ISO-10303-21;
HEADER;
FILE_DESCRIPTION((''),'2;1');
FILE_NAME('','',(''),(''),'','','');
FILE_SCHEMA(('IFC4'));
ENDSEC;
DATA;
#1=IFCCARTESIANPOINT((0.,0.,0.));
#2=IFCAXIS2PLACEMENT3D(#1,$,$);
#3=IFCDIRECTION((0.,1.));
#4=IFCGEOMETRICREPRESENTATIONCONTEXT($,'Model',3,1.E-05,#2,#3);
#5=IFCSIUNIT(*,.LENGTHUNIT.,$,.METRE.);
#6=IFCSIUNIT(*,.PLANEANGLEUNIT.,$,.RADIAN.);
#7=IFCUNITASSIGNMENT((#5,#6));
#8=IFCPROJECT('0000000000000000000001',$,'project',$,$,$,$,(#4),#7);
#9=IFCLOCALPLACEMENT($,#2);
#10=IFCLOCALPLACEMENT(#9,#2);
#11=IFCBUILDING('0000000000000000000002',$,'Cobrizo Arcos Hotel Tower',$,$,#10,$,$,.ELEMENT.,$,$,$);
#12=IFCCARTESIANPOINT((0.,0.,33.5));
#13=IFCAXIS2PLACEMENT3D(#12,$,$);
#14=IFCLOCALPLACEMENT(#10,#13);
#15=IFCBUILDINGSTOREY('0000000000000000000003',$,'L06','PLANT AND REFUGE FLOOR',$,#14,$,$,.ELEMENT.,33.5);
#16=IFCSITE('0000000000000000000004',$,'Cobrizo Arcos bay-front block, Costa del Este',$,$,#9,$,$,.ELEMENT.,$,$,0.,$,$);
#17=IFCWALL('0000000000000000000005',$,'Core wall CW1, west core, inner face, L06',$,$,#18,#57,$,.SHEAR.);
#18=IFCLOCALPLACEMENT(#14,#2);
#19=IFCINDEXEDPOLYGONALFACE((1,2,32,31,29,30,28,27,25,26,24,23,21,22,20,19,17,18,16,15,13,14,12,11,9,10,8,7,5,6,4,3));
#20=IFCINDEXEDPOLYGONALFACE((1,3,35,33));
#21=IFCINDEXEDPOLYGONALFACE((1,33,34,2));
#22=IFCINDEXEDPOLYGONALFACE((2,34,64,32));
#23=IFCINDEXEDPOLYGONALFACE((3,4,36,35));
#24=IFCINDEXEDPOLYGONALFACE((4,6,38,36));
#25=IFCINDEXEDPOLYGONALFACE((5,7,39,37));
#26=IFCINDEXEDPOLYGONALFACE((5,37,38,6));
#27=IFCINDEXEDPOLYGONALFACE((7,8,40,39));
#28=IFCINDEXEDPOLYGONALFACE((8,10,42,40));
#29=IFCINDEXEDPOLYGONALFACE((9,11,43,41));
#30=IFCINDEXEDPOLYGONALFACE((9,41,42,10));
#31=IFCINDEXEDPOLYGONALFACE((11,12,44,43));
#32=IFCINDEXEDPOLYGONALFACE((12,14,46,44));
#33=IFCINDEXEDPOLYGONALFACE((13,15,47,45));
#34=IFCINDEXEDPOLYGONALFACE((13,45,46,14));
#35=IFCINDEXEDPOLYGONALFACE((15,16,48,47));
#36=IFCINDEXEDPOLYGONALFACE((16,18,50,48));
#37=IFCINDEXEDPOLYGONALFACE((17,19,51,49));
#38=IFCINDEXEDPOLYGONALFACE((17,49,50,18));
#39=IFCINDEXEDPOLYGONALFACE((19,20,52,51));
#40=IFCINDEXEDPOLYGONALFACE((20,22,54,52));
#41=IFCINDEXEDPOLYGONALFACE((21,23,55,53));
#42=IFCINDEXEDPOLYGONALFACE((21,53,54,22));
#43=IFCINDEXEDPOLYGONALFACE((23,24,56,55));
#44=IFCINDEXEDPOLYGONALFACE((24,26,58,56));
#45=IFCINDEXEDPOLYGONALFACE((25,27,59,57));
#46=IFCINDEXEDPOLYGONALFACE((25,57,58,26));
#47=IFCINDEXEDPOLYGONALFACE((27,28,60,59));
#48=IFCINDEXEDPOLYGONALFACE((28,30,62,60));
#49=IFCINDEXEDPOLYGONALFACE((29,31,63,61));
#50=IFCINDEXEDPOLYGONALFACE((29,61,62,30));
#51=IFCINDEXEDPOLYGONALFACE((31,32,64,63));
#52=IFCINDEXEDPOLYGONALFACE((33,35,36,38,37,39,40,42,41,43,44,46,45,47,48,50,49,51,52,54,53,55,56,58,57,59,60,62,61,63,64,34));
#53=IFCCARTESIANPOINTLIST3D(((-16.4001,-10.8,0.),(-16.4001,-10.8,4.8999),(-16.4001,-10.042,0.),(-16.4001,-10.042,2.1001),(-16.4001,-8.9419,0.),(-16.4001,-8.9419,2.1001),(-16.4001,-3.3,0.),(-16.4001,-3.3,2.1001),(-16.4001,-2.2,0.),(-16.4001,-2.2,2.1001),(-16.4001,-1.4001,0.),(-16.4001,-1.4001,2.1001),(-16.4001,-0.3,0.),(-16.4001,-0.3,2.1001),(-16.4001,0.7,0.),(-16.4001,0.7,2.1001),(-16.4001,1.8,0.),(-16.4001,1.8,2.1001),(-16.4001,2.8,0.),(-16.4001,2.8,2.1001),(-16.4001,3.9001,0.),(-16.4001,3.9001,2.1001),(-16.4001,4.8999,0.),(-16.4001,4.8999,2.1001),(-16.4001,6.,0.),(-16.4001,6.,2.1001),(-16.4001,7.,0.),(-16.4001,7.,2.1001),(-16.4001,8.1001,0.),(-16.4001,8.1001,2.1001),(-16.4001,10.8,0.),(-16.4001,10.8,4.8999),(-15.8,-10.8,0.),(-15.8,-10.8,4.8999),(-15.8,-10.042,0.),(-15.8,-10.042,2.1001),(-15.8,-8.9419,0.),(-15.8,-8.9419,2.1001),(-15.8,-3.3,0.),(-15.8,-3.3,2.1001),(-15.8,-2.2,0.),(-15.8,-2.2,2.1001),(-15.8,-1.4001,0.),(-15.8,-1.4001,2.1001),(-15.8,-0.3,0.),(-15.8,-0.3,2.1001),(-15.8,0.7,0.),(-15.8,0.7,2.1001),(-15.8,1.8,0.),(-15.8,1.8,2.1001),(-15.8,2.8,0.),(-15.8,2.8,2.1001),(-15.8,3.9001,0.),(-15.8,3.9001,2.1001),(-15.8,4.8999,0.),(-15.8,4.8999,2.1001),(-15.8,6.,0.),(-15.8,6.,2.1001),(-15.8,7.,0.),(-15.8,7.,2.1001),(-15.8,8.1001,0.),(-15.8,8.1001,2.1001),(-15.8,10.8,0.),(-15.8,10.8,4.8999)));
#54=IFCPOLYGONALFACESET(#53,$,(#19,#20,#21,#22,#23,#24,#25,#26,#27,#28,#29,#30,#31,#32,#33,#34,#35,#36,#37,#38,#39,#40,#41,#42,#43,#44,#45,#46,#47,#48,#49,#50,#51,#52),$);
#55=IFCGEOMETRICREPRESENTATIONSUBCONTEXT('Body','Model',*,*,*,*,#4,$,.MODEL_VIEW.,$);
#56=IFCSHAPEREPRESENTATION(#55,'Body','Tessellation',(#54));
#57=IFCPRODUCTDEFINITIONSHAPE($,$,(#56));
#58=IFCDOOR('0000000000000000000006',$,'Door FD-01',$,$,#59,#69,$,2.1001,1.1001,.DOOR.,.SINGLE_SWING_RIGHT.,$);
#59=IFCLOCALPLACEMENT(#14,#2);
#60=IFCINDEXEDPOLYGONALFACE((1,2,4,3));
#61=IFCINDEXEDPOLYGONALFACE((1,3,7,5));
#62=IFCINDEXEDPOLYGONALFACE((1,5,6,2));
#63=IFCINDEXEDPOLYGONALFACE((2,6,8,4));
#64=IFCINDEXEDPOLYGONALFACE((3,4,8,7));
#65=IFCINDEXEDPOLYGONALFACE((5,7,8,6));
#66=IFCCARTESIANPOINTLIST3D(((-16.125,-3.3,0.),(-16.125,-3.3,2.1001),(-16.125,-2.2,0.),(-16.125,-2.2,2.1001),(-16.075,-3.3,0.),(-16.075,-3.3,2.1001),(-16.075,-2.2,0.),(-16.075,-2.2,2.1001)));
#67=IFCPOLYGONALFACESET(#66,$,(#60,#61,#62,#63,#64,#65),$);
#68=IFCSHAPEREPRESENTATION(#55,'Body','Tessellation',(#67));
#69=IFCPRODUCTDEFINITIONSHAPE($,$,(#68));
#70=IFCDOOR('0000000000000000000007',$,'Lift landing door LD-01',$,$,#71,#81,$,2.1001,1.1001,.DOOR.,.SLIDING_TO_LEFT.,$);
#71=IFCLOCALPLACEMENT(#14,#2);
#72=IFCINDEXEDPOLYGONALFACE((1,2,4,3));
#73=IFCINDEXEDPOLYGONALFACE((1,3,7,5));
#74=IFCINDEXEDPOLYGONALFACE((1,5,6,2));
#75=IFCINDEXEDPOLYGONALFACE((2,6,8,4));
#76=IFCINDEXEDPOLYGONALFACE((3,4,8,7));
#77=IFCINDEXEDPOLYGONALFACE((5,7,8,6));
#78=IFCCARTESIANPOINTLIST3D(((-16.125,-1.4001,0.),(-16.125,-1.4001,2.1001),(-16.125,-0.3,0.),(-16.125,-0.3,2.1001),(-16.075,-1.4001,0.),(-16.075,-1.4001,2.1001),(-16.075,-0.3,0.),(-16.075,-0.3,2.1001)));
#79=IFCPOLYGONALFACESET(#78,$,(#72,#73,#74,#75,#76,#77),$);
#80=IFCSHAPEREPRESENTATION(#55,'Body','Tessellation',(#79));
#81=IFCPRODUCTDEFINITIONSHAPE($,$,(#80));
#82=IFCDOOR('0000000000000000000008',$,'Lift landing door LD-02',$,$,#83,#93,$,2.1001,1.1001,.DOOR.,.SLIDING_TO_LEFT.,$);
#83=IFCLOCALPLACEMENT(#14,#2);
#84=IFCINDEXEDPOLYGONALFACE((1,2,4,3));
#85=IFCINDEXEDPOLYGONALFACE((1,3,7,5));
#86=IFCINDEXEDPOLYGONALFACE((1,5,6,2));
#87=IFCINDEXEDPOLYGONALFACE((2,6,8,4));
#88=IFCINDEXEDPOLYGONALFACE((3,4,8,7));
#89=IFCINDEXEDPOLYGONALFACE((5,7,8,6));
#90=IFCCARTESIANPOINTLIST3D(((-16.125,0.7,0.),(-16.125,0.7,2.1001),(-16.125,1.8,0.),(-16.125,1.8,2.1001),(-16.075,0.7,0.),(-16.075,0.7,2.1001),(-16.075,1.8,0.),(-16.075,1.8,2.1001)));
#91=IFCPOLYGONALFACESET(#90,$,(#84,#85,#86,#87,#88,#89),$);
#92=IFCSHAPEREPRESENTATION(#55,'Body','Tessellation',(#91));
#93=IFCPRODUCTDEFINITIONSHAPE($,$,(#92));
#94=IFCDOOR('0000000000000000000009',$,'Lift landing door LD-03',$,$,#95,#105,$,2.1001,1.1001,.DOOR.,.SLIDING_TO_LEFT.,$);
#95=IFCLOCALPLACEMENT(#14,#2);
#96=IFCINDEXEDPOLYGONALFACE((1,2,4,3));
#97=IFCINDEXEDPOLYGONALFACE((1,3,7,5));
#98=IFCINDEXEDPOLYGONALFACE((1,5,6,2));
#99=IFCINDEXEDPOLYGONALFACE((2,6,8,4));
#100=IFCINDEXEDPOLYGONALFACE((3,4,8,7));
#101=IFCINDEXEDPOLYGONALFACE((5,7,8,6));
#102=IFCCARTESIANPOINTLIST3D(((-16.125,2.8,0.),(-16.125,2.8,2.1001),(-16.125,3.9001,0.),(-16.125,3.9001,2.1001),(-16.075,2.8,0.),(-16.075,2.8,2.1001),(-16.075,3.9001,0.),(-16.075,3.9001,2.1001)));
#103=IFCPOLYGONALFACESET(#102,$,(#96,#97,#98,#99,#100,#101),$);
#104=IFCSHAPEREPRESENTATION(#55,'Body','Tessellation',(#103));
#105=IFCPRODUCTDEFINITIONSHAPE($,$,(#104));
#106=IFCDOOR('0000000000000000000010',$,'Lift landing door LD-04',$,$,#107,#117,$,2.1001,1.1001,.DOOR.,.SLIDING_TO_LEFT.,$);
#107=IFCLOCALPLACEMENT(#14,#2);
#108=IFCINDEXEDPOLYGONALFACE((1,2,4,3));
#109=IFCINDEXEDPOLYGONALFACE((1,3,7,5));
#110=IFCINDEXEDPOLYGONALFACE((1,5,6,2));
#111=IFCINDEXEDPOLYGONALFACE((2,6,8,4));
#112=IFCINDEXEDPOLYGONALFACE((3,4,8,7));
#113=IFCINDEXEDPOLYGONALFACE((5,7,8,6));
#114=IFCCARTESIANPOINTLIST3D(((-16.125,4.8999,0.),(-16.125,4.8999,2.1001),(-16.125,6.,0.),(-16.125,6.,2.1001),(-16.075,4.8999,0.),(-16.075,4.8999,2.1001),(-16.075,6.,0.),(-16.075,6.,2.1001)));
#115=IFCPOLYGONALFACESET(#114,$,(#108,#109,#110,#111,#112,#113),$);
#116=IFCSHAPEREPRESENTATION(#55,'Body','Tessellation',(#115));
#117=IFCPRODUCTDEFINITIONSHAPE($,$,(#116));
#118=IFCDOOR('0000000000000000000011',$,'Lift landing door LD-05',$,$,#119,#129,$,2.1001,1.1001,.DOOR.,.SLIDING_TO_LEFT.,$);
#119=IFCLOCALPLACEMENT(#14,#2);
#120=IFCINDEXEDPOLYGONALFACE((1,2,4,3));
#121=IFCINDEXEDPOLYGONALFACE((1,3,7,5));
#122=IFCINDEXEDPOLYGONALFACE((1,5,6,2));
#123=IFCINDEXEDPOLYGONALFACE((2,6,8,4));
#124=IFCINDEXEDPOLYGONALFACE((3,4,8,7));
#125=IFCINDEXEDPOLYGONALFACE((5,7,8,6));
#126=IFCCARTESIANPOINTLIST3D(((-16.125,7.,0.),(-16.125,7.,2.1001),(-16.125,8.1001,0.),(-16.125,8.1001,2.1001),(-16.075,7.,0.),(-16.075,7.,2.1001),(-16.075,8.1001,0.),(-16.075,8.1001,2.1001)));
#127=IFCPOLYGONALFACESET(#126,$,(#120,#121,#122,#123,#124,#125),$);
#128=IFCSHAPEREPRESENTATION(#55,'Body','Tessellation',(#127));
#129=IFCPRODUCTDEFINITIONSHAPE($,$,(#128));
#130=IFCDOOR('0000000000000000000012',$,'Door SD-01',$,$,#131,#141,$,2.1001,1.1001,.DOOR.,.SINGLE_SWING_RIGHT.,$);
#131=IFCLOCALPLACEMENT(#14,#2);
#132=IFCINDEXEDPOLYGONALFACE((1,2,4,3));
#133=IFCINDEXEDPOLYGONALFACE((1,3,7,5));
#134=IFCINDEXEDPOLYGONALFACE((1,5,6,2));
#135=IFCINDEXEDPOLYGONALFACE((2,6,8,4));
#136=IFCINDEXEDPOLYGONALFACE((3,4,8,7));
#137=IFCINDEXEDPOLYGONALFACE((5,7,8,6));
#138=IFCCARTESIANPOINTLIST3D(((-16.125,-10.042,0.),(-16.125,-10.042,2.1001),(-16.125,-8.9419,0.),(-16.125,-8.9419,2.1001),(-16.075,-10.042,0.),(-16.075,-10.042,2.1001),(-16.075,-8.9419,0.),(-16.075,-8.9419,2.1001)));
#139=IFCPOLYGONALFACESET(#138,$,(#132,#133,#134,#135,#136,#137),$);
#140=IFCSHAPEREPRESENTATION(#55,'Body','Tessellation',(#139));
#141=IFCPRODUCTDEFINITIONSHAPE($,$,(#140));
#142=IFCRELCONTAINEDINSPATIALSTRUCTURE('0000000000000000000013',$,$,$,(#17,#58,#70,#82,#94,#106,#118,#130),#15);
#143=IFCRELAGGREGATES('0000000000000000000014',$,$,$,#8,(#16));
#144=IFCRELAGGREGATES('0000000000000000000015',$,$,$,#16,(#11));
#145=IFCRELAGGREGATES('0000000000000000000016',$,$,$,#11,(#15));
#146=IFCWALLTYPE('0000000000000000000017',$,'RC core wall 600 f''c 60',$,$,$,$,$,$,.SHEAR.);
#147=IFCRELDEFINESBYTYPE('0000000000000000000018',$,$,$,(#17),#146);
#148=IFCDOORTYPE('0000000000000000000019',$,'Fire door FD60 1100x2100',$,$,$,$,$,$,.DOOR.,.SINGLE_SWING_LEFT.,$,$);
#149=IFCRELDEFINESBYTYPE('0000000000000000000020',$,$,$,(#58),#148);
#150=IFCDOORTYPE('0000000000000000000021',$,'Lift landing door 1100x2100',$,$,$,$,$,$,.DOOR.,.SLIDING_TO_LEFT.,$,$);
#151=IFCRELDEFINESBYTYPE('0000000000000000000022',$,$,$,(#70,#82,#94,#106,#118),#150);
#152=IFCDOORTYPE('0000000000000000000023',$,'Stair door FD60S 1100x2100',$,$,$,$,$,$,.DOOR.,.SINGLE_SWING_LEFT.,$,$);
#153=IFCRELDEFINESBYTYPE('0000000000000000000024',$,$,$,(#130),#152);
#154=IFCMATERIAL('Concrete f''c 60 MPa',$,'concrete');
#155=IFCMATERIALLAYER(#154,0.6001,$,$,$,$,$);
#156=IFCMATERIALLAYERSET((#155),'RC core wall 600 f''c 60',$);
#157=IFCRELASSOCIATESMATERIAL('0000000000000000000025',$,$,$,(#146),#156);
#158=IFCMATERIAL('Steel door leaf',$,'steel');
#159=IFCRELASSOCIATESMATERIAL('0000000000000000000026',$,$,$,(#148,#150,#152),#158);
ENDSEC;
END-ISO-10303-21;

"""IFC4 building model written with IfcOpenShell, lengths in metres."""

from ifc_helpers import new_model, si_unit, direction, frame, frame_2d, origin, place, context, subcontext, project, spatial, rectangle, extrude, material, layer, layer_set, type_object, element, fill, save


model = new_model("IFC4")

# Units and contexts
model_context = context("Model", 3, precision=1e-05, world=origin(), true_north=direction((0.0, 1.0)))
body_context = subcontext(model_context, "Body", "Model", "MODEL_VIEW")
ifc_project = project(units=[si_unit("LENGTHUNIT", "METRE"), si_unit("PLANEANGLEUNIT", "RADIAN")], contexts=[model_context])

# Site, building, storey
site_placement = place(None, origin())
site = spatial("IfcSite", under=ifc_project, at=site_placement, Name="Cobrizo Arcos bay-front block, Costa del Este", CompositionType="ELEMENT", RefElevation=0.0)
building_placement = place(site_placement, origin())
building = spatial("IfcBuilding", under=site, at=building_placement, Name="Cobrizo Arcos Hotel Tower", CompositionType="ELEMENT")
storey_placement = place(building_placement, frame((0.0, 0.0, 33.5)))
storey = spatial("IfcBuildingStorey", under=building, at=storey_placement, Name="L06", Description="PLANT AND REFUGE FLOOR", CompositionType="ELEMENT", Elevation=33.5)

# Wall, openings, doors
ifc_material_1 = material(Name="Concrete f'c 60 MPa", Category="concrete")
ifc_layer_1 = layer(ifc_material_1, 0.6001)
ifc_layer_set_1 = layer_set([ifc_layer_1], Name="RC core wall 600 f'c 60")
wall_type_1 = type_object("IfcWallType", Name="RC core wall 600 f'c 60", PredefinedType="SHEAR", material=ifc_layer_set_1)
wall_1_placement = place(storey_placement, frame((-16.1001, -10.8, 0.0), z_axis=(0.0, 0.0, 1.0), x_axis=(0.0, 1.0, 0.0)))
wall_1 = element("IfcWall", 1, at=wall_1_placement, inside=storey, type_object=wall_type_1, Name="Core wall CW1, west core, inner face, L06", PredefinedType="SHEAR", context=body_context, shape_type="SweptSolid", body=[
    extrude(rectangle(XDim=21.6001, YDim=0.6001, at=frame_2d((10.8, 0.0))), origin(), (0.0, 0.0, 1.0), 4.8999),
])
opening_1_placement = place(wall_1_placement, frame((9.3999, 0.0, 0.0)))
opening_1 = element("IfcOpeningElement", 2, at=opening_1_placement, cuts=wall_1, PredefinedType="OPENING", context=body_context, shape_type="SweptSolid", body=[
    extrude(rectangle(XDim=1.1001, YDim=2.1001, at=frame_2d((0.55, 1.05))), frame((0.0, 0.312, 0.0), z_axis=(0.0, -1.0, 0.0), x_axis=(1.0, 0.0, 0.0)), (0.0, 0.0, 1.0), 0.624),
])
opening_2_placement = place(wall_1_placement, frame((11.5, 0.0, 0.0)))
opening_2 = element("IfcOpeningElement", 3, at=opening_2_placement, cuts=wall_1, PredefinedType="OPENING", context=body_context, shape_type="SweptSolid", body=[
    extrude(rectangle(XDim=1.1001, YDim=2.1001, at=frame_2d((0.55, 1.05))), frame((0.0, 0.312, 0.0), z_axis=(0.0, -1.0, 0.0), x_axis=(1.0, 0.0, 0.0)), (0.0, 0.0, 1.0), 0.624),
])
opening_3_placement = place(wall_1_placement, frame((13.6001, 0.0, 0.0)))
opening_3 = element("IfcOpeningElement", 4, at=opening_3_placement, cuts=wall_1, PredefinedType="OPENING", context=body_context, shape_type="SweptSolid", body=[
    extrude(rectangle(XDim=1.1001, YDim=2.1001, at=frame_2d((0.55, 1.05))), frame((0.0, 0.312, 0.0), z_axis=(0.0, -1.0, 0.0), x_axis=(1.0, 0.0, 0.0)), (0.0, 0.0, 1.0), 0.624),
])
opening_4_placement = place(wall_1_placement, frame((15.7, 0.0, 0.0)))
opening_4 = element("IfcOpeningElement", 5, at=opening_4_placement, cuts=wall_1, PredefinedType="OPENING", context=body_context, shape_type="SweptSolid", body=[
    extrude(rectangle(XDim=1.1001, YDim=2.1001, at=frame_2d((0.55, 1.05))), frame((0.0, 0.312, 0.0), z_axis=(0.0, -1.0, 0.0), x_axis=(1.0, 0.0, 0.0)), (0.0, 0.0, 1.0), 0.624),
])
opening_5_placement = place(wall_1_placement, frame((17.8, 0.0, 0.0)))
opening_5 = element("IfcOpeningElement", 6, at=opening_5_placement, cuts=wall_1, PredefinedType="OPENING", context=body_context, shape_type="SweptSolid", body=[
    extrude(rectangle(XDim=1.1001, YDim=2.1001, at=frame_2d((0.55, 1.05))), frame((0.0, 0.312, 0.0), z_axis=(0.0, -1.0, 0.0), x_axis=(1.0, 0.0, 0.0)), (0.0, 0.0, 1.0), 0.624),
])
opening_6_placement = place(wall_1_placement, frame((0.7581, 0.0, 0.0)))
opening_6 = element("IfcOpeningElement", 7, at=opening_6_placement, cuts=wall_1, PredefinedType="OPENING", context=body_context, shape_type="SweptSolid", body=[
    extrude(rectangle(XDim=1.1001, YDim=2.1001, at=frame_2d((0.55, 1.05))), frame((0.0, 0.312, 0.0), z_axis=(0.0, -1.0, 0.0), x_axis=(1.0, 0.0, 0.0)), (0.0, 0.0, 1.0), 0.624),
])
opening_7_placement = place(wall_1_placement, frame((7.5, 0.0, 0.0)))
opening_7 = element("IfcOpeningElement", 8, at=opening_7_placement, cuts=wall_1, PredefinedType="OPENING", context=body_context, shape_type="SweptSolid", body=[
    extrude(rectangle(XDim=1.1001, YDim=2.1001, at=frame_2d((0.55, 1.05))), frame((0.0, 0.312, 0.0), z_axis=(0.0, -1.0, 0.0), x_axis=(1.0, 0.0, 0.0)), (0.0, 0.0, 1.0), 0.624),
])
ifc_material_2 = material(Name="Steel door leaf", Category="steel")
door_type_1 = type_object("IfcDoorType", Name="Fire door FD60 1100x2100", OperationType="SINGLE_SWING_LEFT", PredefinedType="DOOR", material=ifc_material_2)
door_1_placement = place(opening_7_placement, origin())
door_1 = element("IfcDoor", 9, at=door_1_placement, inside=storey, type_object=door_type_1, Name="Door FD-01", OperationType="SINGLE_SWING_RIGHT", OverallHeight=2.1001, OverallWidth=1.1001, PredefinedType="DOOR", context=body_context, shape_type="SweptSolid", body=[
    extrude(rectangle(XDim=1.1001, YDim=2.1001, at=frame_2d((0.55, 1.05))), frame((0.0, 0.0249, 0.0), z_axis=(0.0, -1.0, 0.0), x_axis=(1.0, 0.0, 0.0)), (0.0, 0.0, 1.0), 0.05),
])
fill(opening_7, door_1)
door_type_2 = type_object("IfcDoorType", Name="Lift landing door 1100x2100", OperationType="SLIDING_TO_LEFT", PredefinedType="DOOR", material=ifc_material_2)
door_2_placement = place(opening_1_placement, origin())
door_2 = element("IfcDoor", 10, at=door_2_placement, inside=storey, type_object=door_type_2, Name="Lift landing door LD-01", OperationType="SLIDING_TO_LEFT", OverallHeight=2.1001, OverallWidth=1.1001, PredefinedType="DOOR", context=body_context, shape_type="SweptSolid", body=[
    extrude(rectangle(XDim=1.1001, YDim=2.1001, at=frame_2d((0.55, 1.05))), frame((0.0, 0.0249, 0.0), z_axis=(0.0, -1.0, 0.0), x_axis=(1.0, 0.0, 0.0)), (0.0, 0.0, 1.0), 0.05),
])
fill(opening_1, door_2)
door_3_placement = place(opening_2_placement, origin())
door_3 = element("IfcDoor", 11, at=door_3_placement, inside=storey, type_object=door_type_2, Name="Lift landing door LD-02", OperationType="SLIDING_TO_LEFT", OverallHeight=2.1001, OverallWidth=1.1001, PredefinedType="DOOR", context=body_context, shape_type="SweptSolid", body=[
    extrude(rectangle(XDim=1.1001, YDim=2.1001, at=frame_2d((0.55, 1.05))), frame((0.0, 0.0249, 0.0), z_axis=(0.0, -1.0, 0.0), x_axis=(1.0, 0.0, 0.0)), (0.0, 0.0, 1.0), 0.05),
])
fill(opening_2, door_3)
door_4_placement = place(opening_3_placement, origin())
door_4 = element("IfcDoor", 12, at=door_4_placement, inside=storey, type_object=door_type_2, Name="Lift landing door LD-03", OperationType="SLIDING_TO_LEFT", OverallHeight=2.1001, OverallWidth=1.1001, PredefinedType="DOOR", context=body_context, shape_type="SweptSolid", body=[
    extrude(rectangle(XDim=1.1001, YDim=2.1001, at=frame_2d((0.55, 1.05))), frame((0.0, 0.0249, 0.0), z_axis=(0.0, -1.0, 0.0), x_axis=(1.0, 0.0, 0.0)), (0.0, 0.0, 1.0), 0.05),
])
fill(opening_3, door_4)
door_5_placement = place(opening_4_placement, origin())
door_5 = element("IfcDoor", 13, at=door_5_placement, inside=storey, type_object=door_type_2, Name="Lift landing door LD-04", OperationType="SLIDING_TO_LEFT", OverallHeight=2.1001, OverallWidth=1.1001, PredefinedType="DOOR", context=body_context, shape_type="SweptSolid", body=[
    extrude(rectangle(XDim=1.1001, YDim=2.1001, at=frame_2d((0.55, 1.05))), frame((0.0, 0.0249, 0.0), z_axis=(0.0, -1.0, 0.0), x_axis=(1.0, 0.0, 0.0)), (0.0, 0.0, 1.0), 0.05),
])
fill(opening_4, door_5)
door_6_placement = place(opening_5_placement, origin())
door_6 = element("IfcDoor", 14, at=door_6_placement, inside=storey, type_object=door_type_2, Name="Lift landing door LD-05", OperationType="SLIDING_TO_LEFT", OverallHeight=2.1001, OverallWidth=1.1001, PredefinedType="DOOR", context=body_context, shape_type="SweptSolid", body=[
    extrude(rectangle(XDim=1.1001, YDim=2.1001, at=frame_2d((0.55, 1.05))), frame((0.0, 0.0249, 0.0), z_axis=(0.0, -1.0, 0.0), x_axis=(1.0, 0.0, 0.0)), (0.0, 0.0, 1.0), 0.05),
])
fill(opening_5, door_6)
door_type_3 = type_object("IfcDoorType", Name="Stair door FD60S 1100x2100", OperationType="SINGLE_SWING_LEFT", PredefinedType="DOOR", material=ifc_material_2)
door_7_placement = place(opening_6_placement, origin())
door_7 = element("IfcDoor", 15, at=door_7_placement, inside=storey, type_object=door_type_3, Name="Door SD-01", OperationType="SINGLE_SWING_RIGHT", OverallHeight=2.1001, OverallWidth=1.1001, PredefinedType="DOOR", context=body_context, shape_type="SweptSolid", body=[
    extrude(rectangle(XDim=1.1001, YDim=2.1001, at=frame_2d((0.55, 1.05))), frame((0.0, 0.0249, 0.0), z_axis=(0.0, -1.0, 0.0), x_axis=(1.0, 0.0, 0.0)), (0.0, 0.0, 1.0), 0.05),
])
fill(opening_6, door_7)

save(model, "model.ifc")
